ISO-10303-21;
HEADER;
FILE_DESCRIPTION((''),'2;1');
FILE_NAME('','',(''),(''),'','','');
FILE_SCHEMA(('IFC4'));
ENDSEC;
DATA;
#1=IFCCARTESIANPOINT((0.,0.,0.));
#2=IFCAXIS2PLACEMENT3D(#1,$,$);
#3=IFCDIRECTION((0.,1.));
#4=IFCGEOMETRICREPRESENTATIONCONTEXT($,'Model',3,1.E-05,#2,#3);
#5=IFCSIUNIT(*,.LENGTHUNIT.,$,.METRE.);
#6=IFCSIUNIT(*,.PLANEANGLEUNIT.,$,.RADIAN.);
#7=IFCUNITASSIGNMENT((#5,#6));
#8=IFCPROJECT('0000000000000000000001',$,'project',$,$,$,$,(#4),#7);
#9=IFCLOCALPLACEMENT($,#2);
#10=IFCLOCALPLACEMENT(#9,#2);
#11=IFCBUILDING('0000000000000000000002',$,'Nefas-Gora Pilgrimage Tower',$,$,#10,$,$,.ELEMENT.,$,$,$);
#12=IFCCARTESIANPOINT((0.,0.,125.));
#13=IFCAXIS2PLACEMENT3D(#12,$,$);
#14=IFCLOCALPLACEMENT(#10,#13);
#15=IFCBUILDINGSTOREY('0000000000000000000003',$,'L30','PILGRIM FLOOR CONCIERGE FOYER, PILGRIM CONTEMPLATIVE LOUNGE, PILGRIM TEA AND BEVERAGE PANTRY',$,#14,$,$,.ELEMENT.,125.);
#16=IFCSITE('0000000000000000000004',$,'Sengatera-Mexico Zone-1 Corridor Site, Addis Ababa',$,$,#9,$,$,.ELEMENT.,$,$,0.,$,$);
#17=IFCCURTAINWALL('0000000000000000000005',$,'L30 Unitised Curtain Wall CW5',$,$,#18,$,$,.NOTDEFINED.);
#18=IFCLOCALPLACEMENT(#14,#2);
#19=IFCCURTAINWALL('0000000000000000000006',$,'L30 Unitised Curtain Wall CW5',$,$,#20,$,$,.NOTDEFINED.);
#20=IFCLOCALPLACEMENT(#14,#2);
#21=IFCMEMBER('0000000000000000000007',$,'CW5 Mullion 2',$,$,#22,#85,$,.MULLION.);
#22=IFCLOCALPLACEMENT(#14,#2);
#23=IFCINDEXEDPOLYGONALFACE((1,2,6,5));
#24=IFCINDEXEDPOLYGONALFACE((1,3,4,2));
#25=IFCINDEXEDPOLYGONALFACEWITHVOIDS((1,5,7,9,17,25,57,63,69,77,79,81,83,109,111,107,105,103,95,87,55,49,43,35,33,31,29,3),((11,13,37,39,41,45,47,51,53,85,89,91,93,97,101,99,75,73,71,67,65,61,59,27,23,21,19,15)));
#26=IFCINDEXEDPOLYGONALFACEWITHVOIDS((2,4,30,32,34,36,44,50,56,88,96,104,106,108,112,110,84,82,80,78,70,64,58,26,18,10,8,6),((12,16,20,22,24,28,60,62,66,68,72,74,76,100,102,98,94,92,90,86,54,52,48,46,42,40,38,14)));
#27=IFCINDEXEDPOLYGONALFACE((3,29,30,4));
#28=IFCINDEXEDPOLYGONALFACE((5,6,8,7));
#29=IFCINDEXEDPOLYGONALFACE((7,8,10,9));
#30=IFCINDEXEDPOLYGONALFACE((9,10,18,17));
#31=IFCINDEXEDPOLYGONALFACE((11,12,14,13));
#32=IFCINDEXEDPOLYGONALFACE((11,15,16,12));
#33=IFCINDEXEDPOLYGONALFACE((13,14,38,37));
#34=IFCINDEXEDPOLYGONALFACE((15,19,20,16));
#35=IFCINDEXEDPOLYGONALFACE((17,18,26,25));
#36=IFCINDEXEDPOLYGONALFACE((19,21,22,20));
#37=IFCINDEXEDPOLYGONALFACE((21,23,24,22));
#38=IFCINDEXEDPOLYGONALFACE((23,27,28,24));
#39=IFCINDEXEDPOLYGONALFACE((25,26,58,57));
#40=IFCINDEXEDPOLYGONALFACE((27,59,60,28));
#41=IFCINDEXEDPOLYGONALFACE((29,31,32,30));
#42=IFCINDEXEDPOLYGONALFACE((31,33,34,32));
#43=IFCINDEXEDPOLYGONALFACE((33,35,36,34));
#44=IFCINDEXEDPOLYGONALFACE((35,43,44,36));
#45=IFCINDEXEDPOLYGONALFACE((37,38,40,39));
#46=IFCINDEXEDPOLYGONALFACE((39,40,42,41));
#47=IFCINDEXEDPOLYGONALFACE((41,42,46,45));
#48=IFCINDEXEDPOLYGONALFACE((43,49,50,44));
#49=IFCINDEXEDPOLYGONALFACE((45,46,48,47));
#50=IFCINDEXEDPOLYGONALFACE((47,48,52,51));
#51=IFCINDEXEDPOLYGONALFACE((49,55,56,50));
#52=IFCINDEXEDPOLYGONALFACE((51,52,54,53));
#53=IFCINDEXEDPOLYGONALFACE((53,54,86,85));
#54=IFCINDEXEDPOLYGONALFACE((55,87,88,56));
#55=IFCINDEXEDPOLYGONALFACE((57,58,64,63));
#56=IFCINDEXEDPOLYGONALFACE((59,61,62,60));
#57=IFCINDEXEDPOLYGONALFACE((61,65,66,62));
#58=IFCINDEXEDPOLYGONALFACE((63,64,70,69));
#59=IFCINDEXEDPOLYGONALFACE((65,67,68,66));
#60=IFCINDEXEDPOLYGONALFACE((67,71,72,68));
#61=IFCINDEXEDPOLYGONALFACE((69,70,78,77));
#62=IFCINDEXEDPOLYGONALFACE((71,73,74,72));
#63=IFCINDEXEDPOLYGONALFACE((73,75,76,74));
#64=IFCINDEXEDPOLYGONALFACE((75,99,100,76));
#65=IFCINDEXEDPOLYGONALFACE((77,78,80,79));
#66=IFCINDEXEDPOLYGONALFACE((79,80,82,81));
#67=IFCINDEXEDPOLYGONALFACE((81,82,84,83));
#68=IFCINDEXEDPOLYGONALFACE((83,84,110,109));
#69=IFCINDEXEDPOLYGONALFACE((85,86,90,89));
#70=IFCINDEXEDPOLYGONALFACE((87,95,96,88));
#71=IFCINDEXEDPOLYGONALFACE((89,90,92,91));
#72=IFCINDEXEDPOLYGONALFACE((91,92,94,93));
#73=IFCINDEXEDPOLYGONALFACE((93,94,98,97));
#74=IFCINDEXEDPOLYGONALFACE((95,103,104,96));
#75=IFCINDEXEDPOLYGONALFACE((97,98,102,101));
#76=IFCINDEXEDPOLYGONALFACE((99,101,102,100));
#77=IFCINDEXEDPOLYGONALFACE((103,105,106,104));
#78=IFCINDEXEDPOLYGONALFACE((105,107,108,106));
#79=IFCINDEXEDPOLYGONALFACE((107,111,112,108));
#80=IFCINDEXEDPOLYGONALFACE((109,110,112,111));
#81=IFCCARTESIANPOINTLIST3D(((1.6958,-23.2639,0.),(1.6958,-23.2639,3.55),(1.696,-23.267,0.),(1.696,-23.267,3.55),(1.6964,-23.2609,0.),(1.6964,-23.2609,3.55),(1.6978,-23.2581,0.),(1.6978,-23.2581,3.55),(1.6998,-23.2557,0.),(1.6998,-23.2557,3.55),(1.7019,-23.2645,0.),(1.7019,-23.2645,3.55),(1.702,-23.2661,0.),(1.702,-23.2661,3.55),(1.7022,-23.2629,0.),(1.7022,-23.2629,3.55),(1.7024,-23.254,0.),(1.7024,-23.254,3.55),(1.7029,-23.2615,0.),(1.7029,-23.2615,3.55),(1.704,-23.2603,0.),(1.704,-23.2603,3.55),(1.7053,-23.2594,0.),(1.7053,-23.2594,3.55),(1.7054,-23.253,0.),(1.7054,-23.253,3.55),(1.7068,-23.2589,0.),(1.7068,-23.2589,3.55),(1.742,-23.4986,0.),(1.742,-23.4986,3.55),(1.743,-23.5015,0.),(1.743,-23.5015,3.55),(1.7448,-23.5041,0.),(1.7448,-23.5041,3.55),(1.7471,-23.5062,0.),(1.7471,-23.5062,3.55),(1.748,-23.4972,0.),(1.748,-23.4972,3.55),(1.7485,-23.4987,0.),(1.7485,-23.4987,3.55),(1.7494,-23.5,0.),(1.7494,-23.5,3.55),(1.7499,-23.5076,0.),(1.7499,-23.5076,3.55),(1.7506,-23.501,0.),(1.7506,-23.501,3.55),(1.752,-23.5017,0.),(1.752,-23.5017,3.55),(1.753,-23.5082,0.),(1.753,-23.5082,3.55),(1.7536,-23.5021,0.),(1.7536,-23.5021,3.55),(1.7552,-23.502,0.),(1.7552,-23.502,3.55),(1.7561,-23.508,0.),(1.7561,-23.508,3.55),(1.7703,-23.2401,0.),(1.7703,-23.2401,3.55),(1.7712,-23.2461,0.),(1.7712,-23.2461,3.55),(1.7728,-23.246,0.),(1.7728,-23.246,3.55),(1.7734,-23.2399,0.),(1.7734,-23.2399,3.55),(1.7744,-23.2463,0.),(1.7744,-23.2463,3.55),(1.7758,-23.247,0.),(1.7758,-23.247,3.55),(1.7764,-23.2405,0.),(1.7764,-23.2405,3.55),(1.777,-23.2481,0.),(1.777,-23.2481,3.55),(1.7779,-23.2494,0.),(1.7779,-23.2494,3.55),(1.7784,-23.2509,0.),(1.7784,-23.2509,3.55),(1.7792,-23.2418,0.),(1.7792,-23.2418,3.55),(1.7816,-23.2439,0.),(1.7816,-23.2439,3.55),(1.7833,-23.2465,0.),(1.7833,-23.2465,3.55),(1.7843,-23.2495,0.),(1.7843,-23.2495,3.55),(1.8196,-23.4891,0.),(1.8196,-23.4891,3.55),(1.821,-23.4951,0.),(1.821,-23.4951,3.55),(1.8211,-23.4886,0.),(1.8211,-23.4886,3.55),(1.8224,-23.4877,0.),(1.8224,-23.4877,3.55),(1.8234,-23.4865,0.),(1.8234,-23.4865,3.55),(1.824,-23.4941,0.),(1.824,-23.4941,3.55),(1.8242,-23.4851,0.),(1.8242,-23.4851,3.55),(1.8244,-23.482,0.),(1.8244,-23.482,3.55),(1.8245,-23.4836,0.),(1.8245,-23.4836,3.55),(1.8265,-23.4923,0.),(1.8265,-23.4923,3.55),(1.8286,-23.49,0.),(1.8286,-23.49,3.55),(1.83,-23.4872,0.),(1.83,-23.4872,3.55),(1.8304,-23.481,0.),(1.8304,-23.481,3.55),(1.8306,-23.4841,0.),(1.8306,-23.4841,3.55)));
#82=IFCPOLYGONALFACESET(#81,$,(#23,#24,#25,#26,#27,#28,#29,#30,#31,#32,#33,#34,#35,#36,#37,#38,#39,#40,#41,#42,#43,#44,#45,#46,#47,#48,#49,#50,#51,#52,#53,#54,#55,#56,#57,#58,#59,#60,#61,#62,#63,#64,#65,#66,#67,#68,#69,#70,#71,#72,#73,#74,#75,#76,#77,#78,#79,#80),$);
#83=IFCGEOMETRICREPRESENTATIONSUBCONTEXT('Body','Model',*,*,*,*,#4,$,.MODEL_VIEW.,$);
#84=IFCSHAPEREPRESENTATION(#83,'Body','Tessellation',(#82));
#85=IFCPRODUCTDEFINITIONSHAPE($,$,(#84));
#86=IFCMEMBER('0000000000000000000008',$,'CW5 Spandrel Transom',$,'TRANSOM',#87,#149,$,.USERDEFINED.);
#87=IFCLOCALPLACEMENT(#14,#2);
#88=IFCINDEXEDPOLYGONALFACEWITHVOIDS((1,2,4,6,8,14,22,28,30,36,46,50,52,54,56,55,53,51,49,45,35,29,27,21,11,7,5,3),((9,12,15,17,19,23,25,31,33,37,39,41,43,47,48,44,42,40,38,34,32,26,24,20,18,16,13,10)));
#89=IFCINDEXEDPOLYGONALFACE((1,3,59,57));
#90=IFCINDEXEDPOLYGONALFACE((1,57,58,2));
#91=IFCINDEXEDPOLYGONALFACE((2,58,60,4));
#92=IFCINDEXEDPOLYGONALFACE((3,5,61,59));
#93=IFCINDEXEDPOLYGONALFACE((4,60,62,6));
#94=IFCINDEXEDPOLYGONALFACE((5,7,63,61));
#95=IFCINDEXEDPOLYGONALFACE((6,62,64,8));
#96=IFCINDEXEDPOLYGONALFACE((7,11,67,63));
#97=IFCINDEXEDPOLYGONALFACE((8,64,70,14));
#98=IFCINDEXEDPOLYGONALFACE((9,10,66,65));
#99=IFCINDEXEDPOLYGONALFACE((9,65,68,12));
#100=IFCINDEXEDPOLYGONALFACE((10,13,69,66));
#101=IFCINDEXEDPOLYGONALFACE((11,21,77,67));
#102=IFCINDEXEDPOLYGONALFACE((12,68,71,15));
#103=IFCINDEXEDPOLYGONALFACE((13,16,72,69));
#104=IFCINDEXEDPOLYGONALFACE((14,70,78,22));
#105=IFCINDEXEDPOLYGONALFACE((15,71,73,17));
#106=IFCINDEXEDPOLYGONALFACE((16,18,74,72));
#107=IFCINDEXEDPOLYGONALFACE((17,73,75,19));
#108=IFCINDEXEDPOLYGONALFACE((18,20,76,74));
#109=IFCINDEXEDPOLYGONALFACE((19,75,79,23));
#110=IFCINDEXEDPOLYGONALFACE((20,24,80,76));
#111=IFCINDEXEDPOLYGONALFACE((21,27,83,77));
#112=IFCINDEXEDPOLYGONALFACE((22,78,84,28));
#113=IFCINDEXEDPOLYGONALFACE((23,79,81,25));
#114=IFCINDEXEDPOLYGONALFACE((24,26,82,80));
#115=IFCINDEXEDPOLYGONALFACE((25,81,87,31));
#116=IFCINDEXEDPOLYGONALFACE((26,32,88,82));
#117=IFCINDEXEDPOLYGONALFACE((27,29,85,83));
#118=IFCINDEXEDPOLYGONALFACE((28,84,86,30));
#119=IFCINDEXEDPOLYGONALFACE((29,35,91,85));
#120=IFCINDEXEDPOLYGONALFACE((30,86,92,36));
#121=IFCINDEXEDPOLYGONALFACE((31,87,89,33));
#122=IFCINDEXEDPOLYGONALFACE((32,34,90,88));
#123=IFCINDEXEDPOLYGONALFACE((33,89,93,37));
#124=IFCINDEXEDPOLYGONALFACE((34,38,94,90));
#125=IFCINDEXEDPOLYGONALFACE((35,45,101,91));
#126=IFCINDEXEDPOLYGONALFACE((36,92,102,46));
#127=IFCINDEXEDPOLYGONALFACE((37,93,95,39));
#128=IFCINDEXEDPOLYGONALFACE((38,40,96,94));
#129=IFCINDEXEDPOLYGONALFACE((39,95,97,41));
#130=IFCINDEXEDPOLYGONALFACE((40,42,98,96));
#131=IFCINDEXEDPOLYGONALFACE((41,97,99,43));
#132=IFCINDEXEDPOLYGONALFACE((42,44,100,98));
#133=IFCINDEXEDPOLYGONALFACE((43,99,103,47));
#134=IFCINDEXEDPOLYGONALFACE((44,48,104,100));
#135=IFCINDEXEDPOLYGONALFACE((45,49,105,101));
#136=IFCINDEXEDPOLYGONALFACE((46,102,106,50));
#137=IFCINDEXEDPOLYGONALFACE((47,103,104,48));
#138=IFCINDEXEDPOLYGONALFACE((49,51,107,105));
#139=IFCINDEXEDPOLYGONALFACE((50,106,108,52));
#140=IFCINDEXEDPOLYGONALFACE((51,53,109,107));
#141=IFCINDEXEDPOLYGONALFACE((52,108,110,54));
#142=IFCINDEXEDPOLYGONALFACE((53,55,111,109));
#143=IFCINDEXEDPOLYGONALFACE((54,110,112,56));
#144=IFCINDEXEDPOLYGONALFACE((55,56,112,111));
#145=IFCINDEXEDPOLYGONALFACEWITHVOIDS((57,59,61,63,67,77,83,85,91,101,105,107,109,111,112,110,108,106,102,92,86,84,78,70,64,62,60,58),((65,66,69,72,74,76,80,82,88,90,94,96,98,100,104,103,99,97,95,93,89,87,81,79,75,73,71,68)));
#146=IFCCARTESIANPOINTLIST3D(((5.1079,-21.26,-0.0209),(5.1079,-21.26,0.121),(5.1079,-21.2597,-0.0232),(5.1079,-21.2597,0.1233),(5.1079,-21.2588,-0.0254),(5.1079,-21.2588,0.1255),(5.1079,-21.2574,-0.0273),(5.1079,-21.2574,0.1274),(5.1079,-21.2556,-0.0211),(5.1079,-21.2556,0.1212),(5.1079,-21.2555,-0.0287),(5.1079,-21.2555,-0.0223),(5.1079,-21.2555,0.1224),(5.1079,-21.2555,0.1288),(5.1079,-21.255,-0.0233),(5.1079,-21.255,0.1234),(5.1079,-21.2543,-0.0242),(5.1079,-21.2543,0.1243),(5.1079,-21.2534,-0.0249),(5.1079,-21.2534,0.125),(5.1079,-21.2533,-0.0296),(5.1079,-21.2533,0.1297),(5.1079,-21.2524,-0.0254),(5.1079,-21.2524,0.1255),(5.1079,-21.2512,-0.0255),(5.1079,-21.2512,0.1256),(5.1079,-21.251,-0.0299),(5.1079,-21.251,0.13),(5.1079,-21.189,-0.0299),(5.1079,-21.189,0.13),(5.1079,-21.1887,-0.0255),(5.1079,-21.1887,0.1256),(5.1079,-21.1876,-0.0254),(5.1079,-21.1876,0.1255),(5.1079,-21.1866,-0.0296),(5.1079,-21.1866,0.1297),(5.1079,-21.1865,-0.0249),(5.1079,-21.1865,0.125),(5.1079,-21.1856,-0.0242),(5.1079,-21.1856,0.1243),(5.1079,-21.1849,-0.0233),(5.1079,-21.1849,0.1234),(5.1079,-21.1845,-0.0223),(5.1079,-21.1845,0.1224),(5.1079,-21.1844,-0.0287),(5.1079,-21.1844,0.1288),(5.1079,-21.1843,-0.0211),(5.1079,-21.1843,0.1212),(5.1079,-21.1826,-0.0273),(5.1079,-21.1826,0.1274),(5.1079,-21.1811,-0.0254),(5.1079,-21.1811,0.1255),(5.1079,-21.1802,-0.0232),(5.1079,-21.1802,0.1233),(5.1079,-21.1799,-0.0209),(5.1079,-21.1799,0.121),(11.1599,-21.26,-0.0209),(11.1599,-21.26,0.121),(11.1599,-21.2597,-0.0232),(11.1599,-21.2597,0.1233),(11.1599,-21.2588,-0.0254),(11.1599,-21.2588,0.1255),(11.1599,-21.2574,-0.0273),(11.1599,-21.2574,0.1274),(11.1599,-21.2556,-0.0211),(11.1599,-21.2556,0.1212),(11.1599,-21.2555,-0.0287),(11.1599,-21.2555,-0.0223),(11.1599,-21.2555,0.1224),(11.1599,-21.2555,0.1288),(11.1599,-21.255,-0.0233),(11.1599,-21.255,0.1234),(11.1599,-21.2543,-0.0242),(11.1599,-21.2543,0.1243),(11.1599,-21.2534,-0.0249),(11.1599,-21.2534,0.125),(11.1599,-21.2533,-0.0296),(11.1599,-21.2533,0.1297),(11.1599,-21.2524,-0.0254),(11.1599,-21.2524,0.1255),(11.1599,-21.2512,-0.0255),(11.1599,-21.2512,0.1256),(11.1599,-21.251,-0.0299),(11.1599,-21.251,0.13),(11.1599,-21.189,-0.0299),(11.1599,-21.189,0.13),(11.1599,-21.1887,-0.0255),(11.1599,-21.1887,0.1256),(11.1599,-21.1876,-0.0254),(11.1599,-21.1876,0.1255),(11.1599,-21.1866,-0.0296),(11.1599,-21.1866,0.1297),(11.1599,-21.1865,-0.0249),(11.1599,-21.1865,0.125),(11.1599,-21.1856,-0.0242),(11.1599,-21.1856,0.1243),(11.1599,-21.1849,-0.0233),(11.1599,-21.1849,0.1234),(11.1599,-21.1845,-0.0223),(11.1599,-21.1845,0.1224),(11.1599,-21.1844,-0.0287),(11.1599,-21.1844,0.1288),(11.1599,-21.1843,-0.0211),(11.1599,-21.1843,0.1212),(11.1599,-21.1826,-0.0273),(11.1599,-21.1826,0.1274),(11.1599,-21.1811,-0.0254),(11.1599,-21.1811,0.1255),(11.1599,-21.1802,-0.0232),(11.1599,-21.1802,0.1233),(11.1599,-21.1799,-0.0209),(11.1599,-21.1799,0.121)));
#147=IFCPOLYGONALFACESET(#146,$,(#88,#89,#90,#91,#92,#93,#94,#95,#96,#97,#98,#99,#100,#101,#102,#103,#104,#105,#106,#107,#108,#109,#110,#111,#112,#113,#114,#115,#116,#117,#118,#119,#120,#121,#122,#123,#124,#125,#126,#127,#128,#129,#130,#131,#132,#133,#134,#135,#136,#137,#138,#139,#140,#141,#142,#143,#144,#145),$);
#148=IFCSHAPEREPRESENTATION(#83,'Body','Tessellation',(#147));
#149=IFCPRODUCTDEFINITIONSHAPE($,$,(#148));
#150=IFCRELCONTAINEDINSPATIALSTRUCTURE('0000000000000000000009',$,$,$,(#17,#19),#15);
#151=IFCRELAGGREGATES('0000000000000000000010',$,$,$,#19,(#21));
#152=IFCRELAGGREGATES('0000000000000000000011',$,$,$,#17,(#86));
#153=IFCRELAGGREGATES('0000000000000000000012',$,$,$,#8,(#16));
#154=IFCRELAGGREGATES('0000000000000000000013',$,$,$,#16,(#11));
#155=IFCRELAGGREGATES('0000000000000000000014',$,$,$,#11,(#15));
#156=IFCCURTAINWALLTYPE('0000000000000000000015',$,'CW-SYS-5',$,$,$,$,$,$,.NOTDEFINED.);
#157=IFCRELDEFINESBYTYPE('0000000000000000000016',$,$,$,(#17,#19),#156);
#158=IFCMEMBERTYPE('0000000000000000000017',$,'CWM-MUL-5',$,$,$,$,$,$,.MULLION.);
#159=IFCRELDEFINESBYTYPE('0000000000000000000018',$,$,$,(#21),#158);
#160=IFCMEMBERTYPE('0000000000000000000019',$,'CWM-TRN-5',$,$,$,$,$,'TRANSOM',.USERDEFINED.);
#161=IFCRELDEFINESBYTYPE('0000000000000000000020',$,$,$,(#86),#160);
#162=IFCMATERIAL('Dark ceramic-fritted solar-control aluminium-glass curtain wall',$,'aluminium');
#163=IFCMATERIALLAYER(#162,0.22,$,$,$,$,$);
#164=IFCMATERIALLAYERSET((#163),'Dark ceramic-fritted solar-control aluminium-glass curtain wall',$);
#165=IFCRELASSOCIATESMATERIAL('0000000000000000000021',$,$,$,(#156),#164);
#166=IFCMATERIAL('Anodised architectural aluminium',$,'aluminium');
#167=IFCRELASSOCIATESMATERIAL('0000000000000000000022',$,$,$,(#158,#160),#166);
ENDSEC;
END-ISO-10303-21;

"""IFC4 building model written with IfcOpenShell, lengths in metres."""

from ifc_helpers import new_model, si_unit, direction, frame, origin, origin_2d, place, context, subcontext, project, spatial, hollow_rectangle, extrude, source, transform, mapped, material, layer, layer_set, material_profile, profile_set, type_object, element, aggregate, save


model = new_model("IFC4")

# Units and contexts
model_context = context("Model", 3, precision=1e-05, world=origin(), true_north=direction((0.0, 1.0)))
body_context = subcontext(model_context, "Body", "Model", "MODEL_VIEW")
ifc_project = project(units=[si_unit("LENGTHUNIT", "METRE"), si_unit("PLANEANGLEUNIT", "RADIAN")], contexts=[model_context])

# Site, building, storey
site_placement = place(None, origin())
site = spatial("IfcSite", under=ifc_project, at=site_placement, Name="Sengatera-Mexico Zone-1 Corridor Site, Addis Ababa", CompositionType="ELEMENT", RefElevation=0.0)
building_placement = place(site_placement, origin())
building = spatial("IfcBuilding", under=site, at=building_placement, Name="Nefas-Gora Pilgrimage Tower", CompositionType="ELEMENT")
storey_placement = place(building_placement, frame((0.0, 0.0, 125.0)))
storey = spatial("IfcBuildingStorey", under=building, at=storey_placement, Name="L30", Description="PILGRIM FLOOR CONCIERGE FOYER, PILGRIM CONTEMPLATIVE LOUNGE, PILGRIM TEA AND BEVERAGE PANTRY", CompositionType="ELEMENT", Elevation=125.0)

# Curtain wall
ifc_material_1 = material(Name="Dark ceramic-fritted solar-control aluminium-glass curtain wall", Category="aluminium")
ifc_layer_1 = layer(ifc_material_1, 0.22)
ifc_layer_set_1 = layer_set([ifc_layer_1], Name="Dark ceramic-fritted solar-control aluminium-glass curtain wall")
curtain_wall_type_1 = type_object("IfcCurtainWallType", Name="CW-SYS-5", PredefinedType="NOTDEFINED", material=ifc_layer_set_1)
curtain_wall_1_placement = place(storey_placement, origin())
curtain_wall_1 = element("IfcCurtainWall", 1, at=curtain_wall_1_placement, inside=storey, type_object=curtain_wall_type_1, Name="L30 Unitised Curtain Wall CW5", PredefinedType="NOTDEFINED")
ifc_material_2 = material(Name="Anodised architectural aluminium", Category="aluminium")
ifc_material_profile_1 = material_profile(ifc_material_2, hollow_rectangle(XDim=0.0901, YDim=0.26, WallThickness=0.0061, InnerFilletRadius=0.0061, OuterFilletRadius=0.012, at=origin_2d()), Name="ALU MULLION 90x260")
ifc_profile_set_1 = profile_set([ifc_material_profile_1], Name="Anodised architectural aluminium")
member_type_1 = type_object("IfcMemberType", Name="CWM-MUL-5", PredefinedType="MULLION", material=ifc_profile_set_1)
shared_shape_1 = source(origin(), body_context, "Body", "SweptSolid", [
    extrude(hollow_rectangle(XDim=0.0901, YDim=0.26, WallThickness=0.0061, InnerFilletRadius=0.0061, OuterFilletRadius=0.012, at=origin_2d()), origin(), (0.0, 0.0, 1.0), 3.55),
])

# Curtain wall, member
curtain_wall_2_placement = place(storey_placement, origin())
curtain_wall_2 = element("IfcCurtainWall", 2, at=curtain_wall_2_placement, inside=storey, type_object=curtain_wall_type_1, Name="L30 Unitised Curtain Wall CW5", PredefinedType="NOTDEFINED")
member_1_placement = place(storey_placement, frame((1.7632, -23.374, 0.0), z_axis=(0.0, 0.0, 1.0), x_axis=(0.980783, 0.195102, 0.0)))
member_1 = element("IfcMember", 3, at=member_1_placement, type_object=member_type_1, Name="CW5 Mullion 2", PredefinedType="MULLION", context=body_context, shape_type="MappedRepresentation", body=[
    mapped(shared_shape_1, transform((0.0, 0.0, 0.0), x_axis=(1.0, 0.0, 0.0), y_axis=(0.0, 1.0, 0.0), z_axis=(0.0, 0.0, 1.0), scale=1.0)),
])
aggregate(curtain_wall_2, [member_1])

# Member
ifc_material_profile_2 = material_profile(ifc_material_2, hollow_rectangle(XDim=0.0801, YDim=0.1599, WallThickness=0.0044, InnerFilletRadius=0.0044, OuterFilletRadius=0.009, at=origin_2d()), Name="ALU TRANSOM 80x160")
ifc_profile_set_2 = profile_set([ifc_material_profile_2], Name="Anodised architectural aluminium")
member_type_2 = type_object("IfcMemberType", Name="CWM-TRN-5", ElementType="TRANSOM", PredefinedType="USERDEFINED", material=ifc_profile_set_2)
shared_shape_2 = source(origin(), body_context, "Body", "SweptSolid", [
    extrude(hollow_rectangle(XDim=0.0801, YDim=0.1599, WallThickness=0.0044, InnerFilletRadius=0.0044, OuterFilletRadius=0.009, at=origin_2d()), origin(), (0.0, 0.0, 1.0), 6.052),
])
member_2_placement = place(storey_placement, frame((5.1079, -21.22, 0.05), z_axis=(1.0, 0.0, 0.0), x_axis=(0.0, 1.0, 0.0)))
member_2 = element("IfcMember", 4, at=member_2_placement, type_object=member_type_2, Name="CW5 Spandrel Transom", ObjectType="TRANSOM", PredefinedType="USERDEFINED", context=body_context, shape_type="MappedRepresentation", body=[
    mapped(shared_shape_2, transform((0.0, 0.0, 0.0), x_axis=(1.0, 0.0, 0.0), y_axis=(0.0, 1.0, 0.0), z_axis=(0.0, 0.0, 1.0), scale=1.0)),
])

aggregate(curtain_wall_1, [member_2])

save(model, "model.ifc")
